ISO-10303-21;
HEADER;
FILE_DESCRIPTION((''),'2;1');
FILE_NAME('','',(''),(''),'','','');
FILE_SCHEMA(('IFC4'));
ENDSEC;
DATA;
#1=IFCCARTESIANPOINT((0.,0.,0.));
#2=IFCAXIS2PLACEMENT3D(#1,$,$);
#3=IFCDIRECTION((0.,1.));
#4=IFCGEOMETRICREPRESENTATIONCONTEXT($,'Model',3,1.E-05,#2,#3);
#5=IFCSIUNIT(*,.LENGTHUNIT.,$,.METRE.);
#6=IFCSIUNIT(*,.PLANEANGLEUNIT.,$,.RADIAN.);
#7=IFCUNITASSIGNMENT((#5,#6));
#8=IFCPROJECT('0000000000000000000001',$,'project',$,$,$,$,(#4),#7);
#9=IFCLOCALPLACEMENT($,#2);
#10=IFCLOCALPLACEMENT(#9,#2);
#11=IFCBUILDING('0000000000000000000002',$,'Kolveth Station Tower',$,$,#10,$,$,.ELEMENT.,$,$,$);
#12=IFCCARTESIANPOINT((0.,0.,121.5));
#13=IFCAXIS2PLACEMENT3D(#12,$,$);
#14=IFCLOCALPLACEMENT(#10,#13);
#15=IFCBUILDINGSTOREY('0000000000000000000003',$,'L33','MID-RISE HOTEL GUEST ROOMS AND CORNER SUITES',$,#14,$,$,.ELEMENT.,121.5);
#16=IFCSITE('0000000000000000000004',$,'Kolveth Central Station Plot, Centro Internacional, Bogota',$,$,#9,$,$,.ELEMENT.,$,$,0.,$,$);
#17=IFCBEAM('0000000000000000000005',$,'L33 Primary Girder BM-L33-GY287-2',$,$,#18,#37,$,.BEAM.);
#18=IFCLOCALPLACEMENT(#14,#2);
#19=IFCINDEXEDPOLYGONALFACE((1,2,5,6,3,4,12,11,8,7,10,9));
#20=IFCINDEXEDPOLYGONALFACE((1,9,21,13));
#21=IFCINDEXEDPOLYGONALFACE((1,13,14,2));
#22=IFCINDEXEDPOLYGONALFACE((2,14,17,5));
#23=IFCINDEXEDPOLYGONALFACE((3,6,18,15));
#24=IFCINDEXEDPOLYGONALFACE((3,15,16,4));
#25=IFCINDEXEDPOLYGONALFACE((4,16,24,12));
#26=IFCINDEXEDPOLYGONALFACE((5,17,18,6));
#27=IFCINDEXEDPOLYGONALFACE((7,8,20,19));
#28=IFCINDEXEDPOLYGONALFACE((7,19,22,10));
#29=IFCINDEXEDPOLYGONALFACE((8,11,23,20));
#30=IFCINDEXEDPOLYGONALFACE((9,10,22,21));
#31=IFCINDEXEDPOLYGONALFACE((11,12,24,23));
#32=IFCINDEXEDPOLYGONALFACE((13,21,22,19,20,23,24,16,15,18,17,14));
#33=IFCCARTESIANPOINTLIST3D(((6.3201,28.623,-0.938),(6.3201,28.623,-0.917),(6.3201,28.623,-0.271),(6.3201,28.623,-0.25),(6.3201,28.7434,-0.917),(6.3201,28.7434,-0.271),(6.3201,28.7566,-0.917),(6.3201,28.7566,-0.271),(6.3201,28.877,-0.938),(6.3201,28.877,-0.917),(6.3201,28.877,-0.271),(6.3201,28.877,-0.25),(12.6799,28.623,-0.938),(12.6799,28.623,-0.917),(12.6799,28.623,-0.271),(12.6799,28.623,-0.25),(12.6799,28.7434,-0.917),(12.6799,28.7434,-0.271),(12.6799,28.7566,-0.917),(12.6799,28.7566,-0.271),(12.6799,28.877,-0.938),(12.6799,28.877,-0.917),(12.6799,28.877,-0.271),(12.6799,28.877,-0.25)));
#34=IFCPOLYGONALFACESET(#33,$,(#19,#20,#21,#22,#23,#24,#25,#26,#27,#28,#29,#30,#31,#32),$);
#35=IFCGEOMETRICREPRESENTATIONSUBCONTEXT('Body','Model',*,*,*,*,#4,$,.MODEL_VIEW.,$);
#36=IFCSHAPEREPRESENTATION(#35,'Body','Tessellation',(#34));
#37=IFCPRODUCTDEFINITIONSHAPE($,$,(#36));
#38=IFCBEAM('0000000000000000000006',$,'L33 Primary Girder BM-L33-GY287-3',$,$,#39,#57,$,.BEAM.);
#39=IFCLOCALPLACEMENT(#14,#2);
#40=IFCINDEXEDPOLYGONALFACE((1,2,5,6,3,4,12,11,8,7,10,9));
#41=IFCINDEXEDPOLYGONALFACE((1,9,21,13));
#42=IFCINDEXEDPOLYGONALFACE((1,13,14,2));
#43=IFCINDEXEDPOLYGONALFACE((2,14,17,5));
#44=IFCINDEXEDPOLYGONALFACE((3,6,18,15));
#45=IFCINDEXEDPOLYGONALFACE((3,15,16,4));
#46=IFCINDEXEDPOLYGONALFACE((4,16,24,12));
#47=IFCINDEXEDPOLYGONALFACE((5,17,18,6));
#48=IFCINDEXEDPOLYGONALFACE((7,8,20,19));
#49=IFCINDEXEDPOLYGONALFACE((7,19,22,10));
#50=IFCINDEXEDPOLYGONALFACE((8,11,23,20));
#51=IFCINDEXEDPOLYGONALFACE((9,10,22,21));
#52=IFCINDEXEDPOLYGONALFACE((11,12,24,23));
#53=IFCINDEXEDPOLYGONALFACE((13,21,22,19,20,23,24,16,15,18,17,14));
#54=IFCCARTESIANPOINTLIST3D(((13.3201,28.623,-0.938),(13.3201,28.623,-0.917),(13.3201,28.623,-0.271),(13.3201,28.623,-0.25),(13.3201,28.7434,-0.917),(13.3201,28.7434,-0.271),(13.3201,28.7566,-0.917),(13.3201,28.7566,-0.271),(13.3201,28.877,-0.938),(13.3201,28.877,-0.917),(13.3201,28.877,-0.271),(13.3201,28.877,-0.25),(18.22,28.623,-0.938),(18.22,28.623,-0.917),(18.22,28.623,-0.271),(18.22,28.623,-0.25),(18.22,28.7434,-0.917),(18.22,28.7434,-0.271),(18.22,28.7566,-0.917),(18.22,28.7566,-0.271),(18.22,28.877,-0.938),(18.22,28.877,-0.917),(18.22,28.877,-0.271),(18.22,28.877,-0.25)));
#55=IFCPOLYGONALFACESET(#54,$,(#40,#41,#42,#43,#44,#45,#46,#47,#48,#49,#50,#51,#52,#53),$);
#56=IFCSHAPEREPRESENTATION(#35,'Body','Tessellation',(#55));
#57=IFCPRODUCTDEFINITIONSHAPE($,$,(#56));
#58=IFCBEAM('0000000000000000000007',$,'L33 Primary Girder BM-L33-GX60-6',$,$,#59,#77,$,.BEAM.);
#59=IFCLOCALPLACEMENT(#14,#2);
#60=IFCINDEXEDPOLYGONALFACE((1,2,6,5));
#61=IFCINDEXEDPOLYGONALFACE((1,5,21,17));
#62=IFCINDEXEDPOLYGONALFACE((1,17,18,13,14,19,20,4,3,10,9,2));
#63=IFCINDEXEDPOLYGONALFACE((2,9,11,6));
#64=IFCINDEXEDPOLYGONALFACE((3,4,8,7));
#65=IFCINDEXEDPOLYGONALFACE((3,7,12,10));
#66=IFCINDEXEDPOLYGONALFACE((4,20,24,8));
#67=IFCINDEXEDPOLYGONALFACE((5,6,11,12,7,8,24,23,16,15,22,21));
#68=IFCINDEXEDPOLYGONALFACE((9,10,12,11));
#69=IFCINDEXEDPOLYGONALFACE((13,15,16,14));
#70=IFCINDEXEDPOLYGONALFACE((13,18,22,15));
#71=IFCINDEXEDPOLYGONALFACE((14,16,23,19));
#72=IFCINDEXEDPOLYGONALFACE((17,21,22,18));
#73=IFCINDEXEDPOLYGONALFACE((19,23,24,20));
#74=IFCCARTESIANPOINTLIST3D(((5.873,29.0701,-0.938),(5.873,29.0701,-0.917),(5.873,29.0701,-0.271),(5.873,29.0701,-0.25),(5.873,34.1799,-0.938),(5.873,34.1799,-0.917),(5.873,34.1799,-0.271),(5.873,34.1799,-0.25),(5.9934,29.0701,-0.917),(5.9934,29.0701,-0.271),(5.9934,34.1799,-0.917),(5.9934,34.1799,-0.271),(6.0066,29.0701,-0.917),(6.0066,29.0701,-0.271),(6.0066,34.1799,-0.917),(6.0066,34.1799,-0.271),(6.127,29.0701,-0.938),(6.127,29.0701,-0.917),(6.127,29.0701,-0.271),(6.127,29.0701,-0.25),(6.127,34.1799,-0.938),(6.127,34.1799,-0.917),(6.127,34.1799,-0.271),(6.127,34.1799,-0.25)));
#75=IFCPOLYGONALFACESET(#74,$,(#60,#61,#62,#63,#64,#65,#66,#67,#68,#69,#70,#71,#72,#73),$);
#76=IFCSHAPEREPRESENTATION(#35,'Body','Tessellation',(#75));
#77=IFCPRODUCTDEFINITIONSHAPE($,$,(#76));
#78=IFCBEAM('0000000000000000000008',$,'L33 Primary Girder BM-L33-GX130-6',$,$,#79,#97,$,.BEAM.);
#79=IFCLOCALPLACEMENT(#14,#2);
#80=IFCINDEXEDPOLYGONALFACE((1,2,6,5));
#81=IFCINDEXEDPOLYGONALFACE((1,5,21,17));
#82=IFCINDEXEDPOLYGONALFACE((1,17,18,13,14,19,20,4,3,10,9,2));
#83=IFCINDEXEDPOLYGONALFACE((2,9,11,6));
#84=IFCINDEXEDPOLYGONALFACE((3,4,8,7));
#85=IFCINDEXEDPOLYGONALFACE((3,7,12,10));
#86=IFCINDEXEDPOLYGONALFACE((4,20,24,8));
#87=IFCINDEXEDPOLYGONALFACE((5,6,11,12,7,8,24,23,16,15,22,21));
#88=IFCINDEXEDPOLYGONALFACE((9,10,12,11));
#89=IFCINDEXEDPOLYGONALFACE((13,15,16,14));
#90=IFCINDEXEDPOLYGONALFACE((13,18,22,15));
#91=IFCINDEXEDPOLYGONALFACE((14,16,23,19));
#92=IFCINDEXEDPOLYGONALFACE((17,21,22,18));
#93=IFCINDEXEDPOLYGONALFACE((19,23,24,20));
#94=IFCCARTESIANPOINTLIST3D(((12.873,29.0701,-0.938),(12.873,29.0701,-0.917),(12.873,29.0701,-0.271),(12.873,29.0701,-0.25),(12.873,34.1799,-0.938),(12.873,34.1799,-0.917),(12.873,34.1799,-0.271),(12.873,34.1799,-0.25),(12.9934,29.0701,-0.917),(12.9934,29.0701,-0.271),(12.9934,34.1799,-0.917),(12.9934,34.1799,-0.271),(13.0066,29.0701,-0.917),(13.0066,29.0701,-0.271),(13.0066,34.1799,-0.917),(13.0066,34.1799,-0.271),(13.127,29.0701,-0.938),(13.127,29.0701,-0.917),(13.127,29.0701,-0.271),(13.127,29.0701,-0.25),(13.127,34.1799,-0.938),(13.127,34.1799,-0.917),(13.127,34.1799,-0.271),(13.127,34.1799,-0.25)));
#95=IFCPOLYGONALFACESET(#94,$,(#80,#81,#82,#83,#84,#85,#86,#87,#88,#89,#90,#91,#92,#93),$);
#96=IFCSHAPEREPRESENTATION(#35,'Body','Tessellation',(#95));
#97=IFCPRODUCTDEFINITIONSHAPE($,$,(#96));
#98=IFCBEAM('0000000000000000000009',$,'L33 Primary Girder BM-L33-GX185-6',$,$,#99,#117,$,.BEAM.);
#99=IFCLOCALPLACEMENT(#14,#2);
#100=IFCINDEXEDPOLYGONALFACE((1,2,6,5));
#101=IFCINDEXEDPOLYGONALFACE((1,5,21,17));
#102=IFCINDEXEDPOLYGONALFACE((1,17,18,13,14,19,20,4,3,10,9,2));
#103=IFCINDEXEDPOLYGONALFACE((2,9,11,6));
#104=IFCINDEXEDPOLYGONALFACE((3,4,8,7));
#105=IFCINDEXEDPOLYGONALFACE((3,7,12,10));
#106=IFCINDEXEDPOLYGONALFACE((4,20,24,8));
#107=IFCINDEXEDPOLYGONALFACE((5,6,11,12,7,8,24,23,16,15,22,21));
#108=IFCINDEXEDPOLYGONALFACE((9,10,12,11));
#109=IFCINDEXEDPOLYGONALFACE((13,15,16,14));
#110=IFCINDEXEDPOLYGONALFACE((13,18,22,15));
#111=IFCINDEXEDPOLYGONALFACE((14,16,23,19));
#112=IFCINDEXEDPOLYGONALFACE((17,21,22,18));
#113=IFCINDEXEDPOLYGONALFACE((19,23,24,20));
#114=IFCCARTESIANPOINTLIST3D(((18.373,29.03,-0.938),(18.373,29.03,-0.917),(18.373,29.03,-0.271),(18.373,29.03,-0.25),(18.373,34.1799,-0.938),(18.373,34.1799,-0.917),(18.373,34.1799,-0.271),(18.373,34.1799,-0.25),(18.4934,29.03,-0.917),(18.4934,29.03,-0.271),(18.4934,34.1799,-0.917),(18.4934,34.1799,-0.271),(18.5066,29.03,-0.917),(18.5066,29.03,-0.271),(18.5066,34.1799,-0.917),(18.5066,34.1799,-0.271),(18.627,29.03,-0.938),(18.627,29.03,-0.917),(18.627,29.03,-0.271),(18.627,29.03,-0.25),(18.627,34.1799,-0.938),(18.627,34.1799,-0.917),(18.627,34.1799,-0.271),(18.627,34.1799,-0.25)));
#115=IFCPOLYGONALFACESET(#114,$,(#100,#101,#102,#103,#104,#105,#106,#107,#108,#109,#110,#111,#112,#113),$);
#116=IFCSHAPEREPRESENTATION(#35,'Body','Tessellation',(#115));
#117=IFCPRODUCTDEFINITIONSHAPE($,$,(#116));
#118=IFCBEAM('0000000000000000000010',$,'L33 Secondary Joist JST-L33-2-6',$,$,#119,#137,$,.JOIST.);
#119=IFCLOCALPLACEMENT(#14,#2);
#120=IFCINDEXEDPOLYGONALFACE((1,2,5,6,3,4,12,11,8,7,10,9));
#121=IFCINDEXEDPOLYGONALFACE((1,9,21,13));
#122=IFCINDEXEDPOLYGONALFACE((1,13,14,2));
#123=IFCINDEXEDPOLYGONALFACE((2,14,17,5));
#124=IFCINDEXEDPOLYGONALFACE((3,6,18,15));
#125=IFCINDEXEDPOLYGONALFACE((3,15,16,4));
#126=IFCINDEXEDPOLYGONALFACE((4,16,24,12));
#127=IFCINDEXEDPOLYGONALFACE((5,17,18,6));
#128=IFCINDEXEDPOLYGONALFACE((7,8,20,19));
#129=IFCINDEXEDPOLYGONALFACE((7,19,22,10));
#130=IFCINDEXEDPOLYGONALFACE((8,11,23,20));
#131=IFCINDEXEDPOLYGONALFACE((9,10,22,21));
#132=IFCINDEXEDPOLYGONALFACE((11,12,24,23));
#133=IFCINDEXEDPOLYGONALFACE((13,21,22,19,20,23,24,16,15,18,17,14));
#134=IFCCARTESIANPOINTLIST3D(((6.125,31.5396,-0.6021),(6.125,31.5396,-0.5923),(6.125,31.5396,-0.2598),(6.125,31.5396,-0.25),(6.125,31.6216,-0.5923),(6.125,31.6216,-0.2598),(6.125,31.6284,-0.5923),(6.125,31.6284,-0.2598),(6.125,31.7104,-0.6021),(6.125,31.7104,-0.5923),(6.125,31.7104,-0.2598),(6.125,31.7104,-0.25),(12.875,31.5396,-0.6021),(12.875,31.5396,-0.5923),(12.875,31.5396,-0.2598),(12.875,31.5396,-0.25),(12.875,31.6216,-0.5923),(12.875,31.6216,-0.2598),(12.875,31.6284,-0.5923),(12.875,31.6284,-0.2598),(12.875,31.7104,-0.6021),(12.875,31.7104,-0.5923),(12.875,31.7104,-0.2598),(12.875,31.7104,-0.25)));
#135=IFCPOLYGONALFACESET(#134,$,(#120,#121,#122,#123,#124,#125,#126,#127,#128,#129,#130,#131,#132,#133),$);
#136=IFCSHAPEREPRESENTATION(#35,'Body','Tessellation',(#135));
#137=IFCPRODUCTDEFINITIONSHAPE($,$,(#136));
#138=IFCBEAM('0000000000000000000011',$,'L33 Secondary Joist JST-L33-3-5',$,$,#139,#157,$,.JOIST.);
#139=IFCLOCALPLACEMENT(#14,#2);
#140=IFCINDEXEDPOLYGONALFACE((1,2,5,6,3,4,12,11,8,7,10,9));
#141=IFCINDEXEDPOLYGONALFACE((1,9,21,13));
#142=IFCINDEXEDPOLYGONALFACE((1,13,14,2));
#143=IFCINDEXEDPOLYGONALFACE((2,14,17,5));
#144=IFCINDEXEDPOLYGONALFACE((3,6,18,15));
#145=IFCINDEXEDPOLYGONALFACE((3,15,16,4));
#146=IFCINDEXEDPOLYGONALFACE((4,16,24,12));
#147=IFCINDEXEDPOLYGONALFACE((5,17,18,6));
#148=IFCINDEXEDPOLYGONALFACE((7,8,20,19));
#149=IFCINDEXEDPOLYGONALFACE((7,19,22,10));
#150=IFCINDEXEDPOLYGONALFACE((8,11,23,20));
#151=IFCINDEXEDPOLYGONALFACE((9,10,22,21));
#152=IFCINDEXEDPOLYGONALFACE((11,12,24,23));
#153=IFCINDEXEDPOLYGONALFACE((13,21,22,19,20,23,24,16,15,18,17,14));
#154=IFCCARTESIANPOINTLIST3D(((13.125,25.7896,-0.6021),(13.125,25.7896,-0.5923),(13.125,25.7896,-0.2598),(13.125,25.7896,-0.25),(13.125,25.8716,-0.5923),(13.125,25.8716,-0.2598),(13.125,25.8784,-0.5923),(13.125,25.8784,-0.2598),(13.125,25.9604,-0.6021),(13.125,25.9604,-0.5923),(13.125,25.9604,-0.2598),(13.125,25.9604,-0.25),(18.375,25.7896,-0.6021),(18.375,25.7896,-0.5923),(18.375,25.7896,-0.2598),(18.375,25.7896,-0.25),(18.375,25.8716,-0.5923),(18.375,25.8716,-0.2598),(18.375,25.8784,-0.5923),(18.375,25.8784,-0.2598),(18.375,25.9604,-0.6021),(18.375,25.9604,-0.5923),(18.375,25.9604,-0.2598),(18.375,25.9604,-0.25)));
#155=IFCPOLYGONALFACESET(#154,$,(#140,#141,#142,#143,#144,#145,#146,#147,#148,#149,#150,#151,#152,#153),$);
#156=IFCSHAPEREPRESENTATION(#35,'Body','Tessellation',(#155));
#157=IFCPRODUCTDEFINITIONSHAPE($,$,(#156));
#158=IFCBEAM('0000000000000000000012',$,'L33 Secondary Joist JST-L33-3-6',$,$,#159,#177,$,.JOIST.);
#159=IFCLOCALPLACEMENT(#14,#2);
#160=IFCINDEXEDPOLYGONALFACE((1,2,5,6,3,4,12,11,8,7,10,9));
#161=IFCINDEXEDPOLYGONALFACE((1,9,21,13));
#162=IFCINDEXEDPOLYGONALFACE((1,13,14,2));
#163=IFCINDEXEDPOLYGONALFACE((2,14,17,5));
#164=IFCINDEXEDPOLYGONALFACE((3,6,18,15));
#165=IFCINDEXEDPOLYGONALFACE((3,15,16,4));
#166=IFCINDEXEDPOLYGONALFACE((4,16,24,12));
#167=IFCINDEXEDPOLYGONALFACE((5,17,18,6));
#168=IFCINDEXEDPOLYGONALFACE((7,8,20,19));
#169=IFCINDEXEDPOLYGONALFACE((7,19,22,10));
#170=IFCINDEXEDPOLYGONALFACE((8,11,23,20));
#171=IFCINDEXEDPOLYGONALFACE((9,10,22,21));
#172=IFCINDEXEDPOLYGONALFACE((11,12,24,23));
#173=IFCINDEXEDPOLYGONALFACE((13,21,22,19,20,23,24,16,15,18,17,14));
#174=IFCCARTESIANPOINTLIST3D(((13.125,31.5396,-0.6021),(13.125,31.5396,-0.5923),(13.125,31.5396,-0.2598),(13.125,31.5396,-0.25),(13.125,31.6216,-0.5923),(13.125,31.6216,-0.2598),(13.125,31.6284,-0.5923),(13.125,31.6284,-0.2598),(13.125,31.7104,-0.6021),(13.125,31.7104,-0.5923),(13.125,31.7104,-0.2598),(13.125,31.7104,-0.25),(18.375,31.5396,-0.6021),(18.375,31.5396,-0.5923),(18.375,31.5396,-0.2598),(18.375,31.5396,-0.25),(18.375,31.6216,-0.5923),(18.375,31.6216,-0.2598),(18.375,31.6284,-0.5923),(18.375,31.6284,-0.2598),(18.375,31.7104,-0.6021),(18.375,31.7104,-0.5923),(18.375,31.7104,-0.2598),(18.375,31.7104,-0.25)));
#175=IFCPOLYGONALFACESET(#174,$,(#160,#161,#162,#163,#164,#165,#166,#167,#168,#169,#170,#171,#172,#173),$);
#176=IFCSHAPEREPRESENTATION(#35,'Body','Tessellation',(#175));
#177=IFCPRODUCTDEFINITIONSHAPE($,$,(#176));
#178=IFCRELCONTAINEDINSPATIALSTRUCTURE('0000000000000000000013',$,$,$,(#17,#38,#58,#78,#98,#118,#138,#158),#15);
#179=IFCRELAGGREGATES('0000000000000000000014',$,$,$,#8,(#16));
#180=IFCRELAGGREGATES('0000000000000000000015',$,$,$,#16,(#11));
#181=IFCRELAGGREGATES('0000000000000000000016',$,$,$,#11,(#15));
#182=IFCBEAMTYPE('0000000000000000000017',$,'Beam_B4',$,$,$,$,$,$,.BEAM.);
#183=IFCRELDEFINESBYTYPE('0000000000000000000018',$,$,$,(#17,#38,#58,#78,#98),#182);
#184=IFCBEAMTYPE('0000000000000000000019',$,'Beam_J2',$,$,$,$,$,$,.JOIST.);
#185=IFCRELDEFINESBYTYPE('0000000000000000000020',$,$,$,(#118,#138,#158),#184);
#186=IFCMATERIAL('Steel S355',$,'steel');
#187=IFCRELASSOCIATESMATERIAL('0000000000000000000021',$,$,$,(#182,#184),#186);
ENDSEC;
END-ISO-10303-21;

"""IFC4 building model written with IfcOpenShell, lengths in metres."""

from ifc_helpers import new_model, si_unit, direction, frame, origin, origin_2d, place, context, subcontext, project, spatial, i_section, extrude, source, transform, mapped, material, material_profile, profile_set, type_object, element, save


model = new_model("IFC4")

# Units and contexts
model_context = context("Model", 3, precision=1e-05, world=origin(), true_north=direction((0.0, 1.0)))
body_context = subcontext(model_context, "Body", "Model", "MODEL_VIEW")
ifc_project = project(units=[si_unit("LENGTHUNIT", "METRE"), si_unit("PLANEANGLEUNIT", "RADIAN")], contexts=[model_context])

# Site, building, storey
site_placement = place(None, origin())
site = spatial("IfcSite", under=ifc_project, at=site_placement, Name="Kolveth Central Station Plot, Centro Internacional, Bogota", CompositionType="ELEMENT", RefElevation=0.0)
building_placement = place(site_placement, origin())
building = spatial("IfcBuilding", under=site, at=building_placement, Name="Kolveth Station Tower", CompositionType="ELEMENT")
storey_placement = place(building_placement, frame((0.0, 0.0, 121.5)))
storey = spatial("IfcBuildingStorey", under=building, at=storey_placement, Name="L33", Description="MID-RISE HOTEL GUEST ROOMS AND CORNER SUITES", CompositionType="ELEMENT", Elevation=121.5)

# Shared definitions
ifc_material_1 = material(Name="Steel S355", Category="steel")

# Beams
ifc_material_profile_1 = material_profile(ifc_material_1, i_section(OverallWidth=0.2539, OverallDepth=0.688, WebThickness=0.0132, FlangeThickness=0.021, at=origin_2d()), Name="W690x152")
ifc_profile_set_1 = profile_set([ifc_material_profile_1], Name="Steel S355")
beam_type_1 = type_object("IfcBeamType", Name="Beam_B4", PredefinedType="BEAM", material=ifc_profile_set_1)
shared_shape_1 = source(origin(), body_context, "Body", "SweptSolid", [
    extrude(i_section(OverallWidth=0.2539, OverallDepth=0.688, WebThickness=0.0132, FlangeThickness=0.021, at=origin_2d()), origin(), (0.0, 0.0, 1.0), 6.3599),
])
beam_1_placement = place(storey_placement, frame((6.3201, 28.75, -0.594), z_axis=(1.0, 0.0, 0.0), x_axis=(0.0, 1.0, 0.0)))
element("IfcBeam", 1, at=beam_1_placement, inside=storey, type_object=beam_type_1, Name="L33 Primary Girder BM-L33-GY287-2", PredefinedType="BEAM", context=body_context, shape_type="MappedRepresentation", body=[
    mapped(shared_shape_1, transform((0.0, 0.0, 0.0), x_axis=(1.0, 0.0, 0.0), y_axis=(0.0, 1.0, 0.0), z_axis=(0.0, 0.0, 1.0), scale=1.0)),
])
shared_shape_2 = source(origin(), body_context, "Body", "SweptSolid", [
    extrude(i_section(OverallWidth=0.2539, OverallDepth=0.688, WebThickness=0.0132, FlangeThickness=0.021, at=origin_2d()), origin(), (0.0, 0.0, 1.0), 4.8999),
])
beam_2_placement = place(storey_placement, frame((13.3201, 28.75, -0.594), z_axis=(1.0, 0.0, 0.0), x_axis=(0.0, 1.0, 0.0)))
element("IfcBeam", 2, at=beam_2_placement, inside=storey, type_object=beam_type_1, Name="L33 Primary Girder BM-L33-GY287-3", PredefinedType="BEAM", context=body_context, shape_type="MappedRepresentation", body=[
    mapped(shared_shape_2, transform((0.0, 0.0, 0.0), x_axis=(1.0, 0.0, 0.0), y_axis=(0.0, 1.0, 0.0), z_axis=(0.0, 0.0, 1.0), scale=1.0)),
])
shared_shape_3 = source(origin(), body_context, "Body", "SweptSolid", [
    extrude(i_section(OverallWidth=0.2539, OverallDepth=0.688, WebThickness=0.0132, FlangeThickness=0.021, at=origin_2d()), origin(), (0.0, 0.0, 1.0), 5.1099),
])
for number, where, z_axis, x_axis, name in (
    (3, (6.0, 29.0701, -0.594), (0.0, 1.0, 0.0), (-1.0, 0.0, 0.0), "L33 Primary Girder BM-L33-GX60-6"),
    (4, (13.0, 29.0701, -0.594), (0.0, 1.0, 0.0), (-1.0, 0.0, 0.0), "L33 Primary Girder BM-L33-GX130-6"),
):
    element("IfcBeam", number, at=place(storey_placement, frame(where, z_axis=z_axis, x_axis=x_axis)), inside=storey, type_object=beam_type_1, Name=name, PredefinedType="BEAM", context=body_context, shape_type="MappedRepresentation", body=[
        mapped(shared_shape_3, transform((0.0, 0.0, 0.0), x_axis=(1.0, 0.0, 0.0), y_axis=(0.0, 1.0, 0.0), z_axis=(0.0, 0.0, 1.0), scale=1.0)),
    ])
shared_shape_4 = source(origin(), body_context, "Body", "SweptSolid", [
    extrude(i_section(OverallWidth=0.2539, OverallDepth=0.688, WebThickness=0.0132, FlangeThickness=0.021, at=origin_2d()), origin(), (0.0, 0.0, 1.0), 5.1499),
])
beam_3_placement = place(storey_placement, frame((18.5, 29.03, -0.594), z_axis=(0.0, 1.0, 0.0), x_axis=(-1.0, 0.0, 0.0)))
element("IfcBeam", 5, at=beam_3_placement, inside=storey, type_object=beam_type_1, Name="L33 Primary Girder BM-L33-GX185-6", PredefinedType="BEAM", context=body_context, shape_type="MappedRepresentation", body=[
    mapped(shared_shape_4, transform((0.0, 0.0, 0.0), x_axis=(1.0, 0.0, 0.0), y_axis=(0.0, 1.0, 0.0), z_axis=(0.0, 0.0, 1.0), scale=1.0)),
])
ifc_material_profile_2 = material_profile(ifc_material_1, i_section(OverallWidth=0.1709, OverallDepth=0.3521, WebThickness=0.0068, FlangeThickness=0.0098, at=origin_2d()), Name="W360x44")
ifc_profile_set_2 = profile_set([ifc_material_profile_2], Name="Steel S355")
beam_type_2 = type_object("IfcBeamType", Name="Beam_J2", PredefinedType="JOIST", material=ifc_profile_set_2)
shared_shape_5 = source(origin(), body_context, "Body", "SweptSolid", [
    extrude(i_section(OverallWidth=0.1709, OverallDepth=0.3521, WebThickness=0.0068, FlangeThickness=0.0098, at=origin_2d()), origin(), (0.0, 0.0, 1.0), 6.75),
])
beam_4_placement = place(storey_placement, frame((6.125, 31.625, -0.426), z_axis=(1.0, 0.0, 0.0), x_axis=(0.0, 1.0, 0.0)))
element("IfcBeam", 6, at=beam_4_placement, inside=storey, type_object=beam_type_2, Name="L33 Secondary Joist JST-L33-2-6", PredefinedType="JOIST", context=body_context, shape_type="MappedRepresentation", body=[
    mapped(shared_shape_5, transform((0.0, 0.0, 0.0), x_axis=(1.0, 0.0, 0.0), y_axis=(0.0, 1.0, 0.0), z_axis=(0.0, 0.0, 1.0), scale=1.0)),
])
shared_shape_6 = source(origin(), body_context, "Body", "SweptSolid", [
    extrude(i_section(OverallWidth=0.1709, OverallDepth=0.3521, WebThickness=0.0068, FlangeThickness=0.0098, at=origin_2d()), origin(), (0.0, 0.0, 1.0), 5.25),
])
for number, where, z_axis, x_axis, name in (
    (7, (13.125, 25.875, -0.426), (1.0, 0.0, 0.0), (0.0, 1.0, 0.0), "L33 Secondary Joist JST-L33-3-5"),
    (8, (13.125, 31.625, -0.426), (1.0, 0.0, 0.0), (0.0, 1.0, 0.0), "L33 Secondary Joist JST-L33-3-6"),
):
    element("IfcBeam", number, at=place(storey_placement, frame(where, z_axis=z_axis, x_axis=x_axis)), inside=storey, type_object=beam_type_2, Name=name, PredefinedType="JOIST", context=body_context, shape_type="MappedRepresentation", body=[
        mapped(shared_shape_6, transform((0.0, 0.0, 0.0), x_axis=(1.0, 0.0, 0.0), y_axis=(0.0, 1.0, 0.0), z_axis=(0.0, 0.0, 1.0), scale=1.0)),
    ])

save(model, "model.ifc")
